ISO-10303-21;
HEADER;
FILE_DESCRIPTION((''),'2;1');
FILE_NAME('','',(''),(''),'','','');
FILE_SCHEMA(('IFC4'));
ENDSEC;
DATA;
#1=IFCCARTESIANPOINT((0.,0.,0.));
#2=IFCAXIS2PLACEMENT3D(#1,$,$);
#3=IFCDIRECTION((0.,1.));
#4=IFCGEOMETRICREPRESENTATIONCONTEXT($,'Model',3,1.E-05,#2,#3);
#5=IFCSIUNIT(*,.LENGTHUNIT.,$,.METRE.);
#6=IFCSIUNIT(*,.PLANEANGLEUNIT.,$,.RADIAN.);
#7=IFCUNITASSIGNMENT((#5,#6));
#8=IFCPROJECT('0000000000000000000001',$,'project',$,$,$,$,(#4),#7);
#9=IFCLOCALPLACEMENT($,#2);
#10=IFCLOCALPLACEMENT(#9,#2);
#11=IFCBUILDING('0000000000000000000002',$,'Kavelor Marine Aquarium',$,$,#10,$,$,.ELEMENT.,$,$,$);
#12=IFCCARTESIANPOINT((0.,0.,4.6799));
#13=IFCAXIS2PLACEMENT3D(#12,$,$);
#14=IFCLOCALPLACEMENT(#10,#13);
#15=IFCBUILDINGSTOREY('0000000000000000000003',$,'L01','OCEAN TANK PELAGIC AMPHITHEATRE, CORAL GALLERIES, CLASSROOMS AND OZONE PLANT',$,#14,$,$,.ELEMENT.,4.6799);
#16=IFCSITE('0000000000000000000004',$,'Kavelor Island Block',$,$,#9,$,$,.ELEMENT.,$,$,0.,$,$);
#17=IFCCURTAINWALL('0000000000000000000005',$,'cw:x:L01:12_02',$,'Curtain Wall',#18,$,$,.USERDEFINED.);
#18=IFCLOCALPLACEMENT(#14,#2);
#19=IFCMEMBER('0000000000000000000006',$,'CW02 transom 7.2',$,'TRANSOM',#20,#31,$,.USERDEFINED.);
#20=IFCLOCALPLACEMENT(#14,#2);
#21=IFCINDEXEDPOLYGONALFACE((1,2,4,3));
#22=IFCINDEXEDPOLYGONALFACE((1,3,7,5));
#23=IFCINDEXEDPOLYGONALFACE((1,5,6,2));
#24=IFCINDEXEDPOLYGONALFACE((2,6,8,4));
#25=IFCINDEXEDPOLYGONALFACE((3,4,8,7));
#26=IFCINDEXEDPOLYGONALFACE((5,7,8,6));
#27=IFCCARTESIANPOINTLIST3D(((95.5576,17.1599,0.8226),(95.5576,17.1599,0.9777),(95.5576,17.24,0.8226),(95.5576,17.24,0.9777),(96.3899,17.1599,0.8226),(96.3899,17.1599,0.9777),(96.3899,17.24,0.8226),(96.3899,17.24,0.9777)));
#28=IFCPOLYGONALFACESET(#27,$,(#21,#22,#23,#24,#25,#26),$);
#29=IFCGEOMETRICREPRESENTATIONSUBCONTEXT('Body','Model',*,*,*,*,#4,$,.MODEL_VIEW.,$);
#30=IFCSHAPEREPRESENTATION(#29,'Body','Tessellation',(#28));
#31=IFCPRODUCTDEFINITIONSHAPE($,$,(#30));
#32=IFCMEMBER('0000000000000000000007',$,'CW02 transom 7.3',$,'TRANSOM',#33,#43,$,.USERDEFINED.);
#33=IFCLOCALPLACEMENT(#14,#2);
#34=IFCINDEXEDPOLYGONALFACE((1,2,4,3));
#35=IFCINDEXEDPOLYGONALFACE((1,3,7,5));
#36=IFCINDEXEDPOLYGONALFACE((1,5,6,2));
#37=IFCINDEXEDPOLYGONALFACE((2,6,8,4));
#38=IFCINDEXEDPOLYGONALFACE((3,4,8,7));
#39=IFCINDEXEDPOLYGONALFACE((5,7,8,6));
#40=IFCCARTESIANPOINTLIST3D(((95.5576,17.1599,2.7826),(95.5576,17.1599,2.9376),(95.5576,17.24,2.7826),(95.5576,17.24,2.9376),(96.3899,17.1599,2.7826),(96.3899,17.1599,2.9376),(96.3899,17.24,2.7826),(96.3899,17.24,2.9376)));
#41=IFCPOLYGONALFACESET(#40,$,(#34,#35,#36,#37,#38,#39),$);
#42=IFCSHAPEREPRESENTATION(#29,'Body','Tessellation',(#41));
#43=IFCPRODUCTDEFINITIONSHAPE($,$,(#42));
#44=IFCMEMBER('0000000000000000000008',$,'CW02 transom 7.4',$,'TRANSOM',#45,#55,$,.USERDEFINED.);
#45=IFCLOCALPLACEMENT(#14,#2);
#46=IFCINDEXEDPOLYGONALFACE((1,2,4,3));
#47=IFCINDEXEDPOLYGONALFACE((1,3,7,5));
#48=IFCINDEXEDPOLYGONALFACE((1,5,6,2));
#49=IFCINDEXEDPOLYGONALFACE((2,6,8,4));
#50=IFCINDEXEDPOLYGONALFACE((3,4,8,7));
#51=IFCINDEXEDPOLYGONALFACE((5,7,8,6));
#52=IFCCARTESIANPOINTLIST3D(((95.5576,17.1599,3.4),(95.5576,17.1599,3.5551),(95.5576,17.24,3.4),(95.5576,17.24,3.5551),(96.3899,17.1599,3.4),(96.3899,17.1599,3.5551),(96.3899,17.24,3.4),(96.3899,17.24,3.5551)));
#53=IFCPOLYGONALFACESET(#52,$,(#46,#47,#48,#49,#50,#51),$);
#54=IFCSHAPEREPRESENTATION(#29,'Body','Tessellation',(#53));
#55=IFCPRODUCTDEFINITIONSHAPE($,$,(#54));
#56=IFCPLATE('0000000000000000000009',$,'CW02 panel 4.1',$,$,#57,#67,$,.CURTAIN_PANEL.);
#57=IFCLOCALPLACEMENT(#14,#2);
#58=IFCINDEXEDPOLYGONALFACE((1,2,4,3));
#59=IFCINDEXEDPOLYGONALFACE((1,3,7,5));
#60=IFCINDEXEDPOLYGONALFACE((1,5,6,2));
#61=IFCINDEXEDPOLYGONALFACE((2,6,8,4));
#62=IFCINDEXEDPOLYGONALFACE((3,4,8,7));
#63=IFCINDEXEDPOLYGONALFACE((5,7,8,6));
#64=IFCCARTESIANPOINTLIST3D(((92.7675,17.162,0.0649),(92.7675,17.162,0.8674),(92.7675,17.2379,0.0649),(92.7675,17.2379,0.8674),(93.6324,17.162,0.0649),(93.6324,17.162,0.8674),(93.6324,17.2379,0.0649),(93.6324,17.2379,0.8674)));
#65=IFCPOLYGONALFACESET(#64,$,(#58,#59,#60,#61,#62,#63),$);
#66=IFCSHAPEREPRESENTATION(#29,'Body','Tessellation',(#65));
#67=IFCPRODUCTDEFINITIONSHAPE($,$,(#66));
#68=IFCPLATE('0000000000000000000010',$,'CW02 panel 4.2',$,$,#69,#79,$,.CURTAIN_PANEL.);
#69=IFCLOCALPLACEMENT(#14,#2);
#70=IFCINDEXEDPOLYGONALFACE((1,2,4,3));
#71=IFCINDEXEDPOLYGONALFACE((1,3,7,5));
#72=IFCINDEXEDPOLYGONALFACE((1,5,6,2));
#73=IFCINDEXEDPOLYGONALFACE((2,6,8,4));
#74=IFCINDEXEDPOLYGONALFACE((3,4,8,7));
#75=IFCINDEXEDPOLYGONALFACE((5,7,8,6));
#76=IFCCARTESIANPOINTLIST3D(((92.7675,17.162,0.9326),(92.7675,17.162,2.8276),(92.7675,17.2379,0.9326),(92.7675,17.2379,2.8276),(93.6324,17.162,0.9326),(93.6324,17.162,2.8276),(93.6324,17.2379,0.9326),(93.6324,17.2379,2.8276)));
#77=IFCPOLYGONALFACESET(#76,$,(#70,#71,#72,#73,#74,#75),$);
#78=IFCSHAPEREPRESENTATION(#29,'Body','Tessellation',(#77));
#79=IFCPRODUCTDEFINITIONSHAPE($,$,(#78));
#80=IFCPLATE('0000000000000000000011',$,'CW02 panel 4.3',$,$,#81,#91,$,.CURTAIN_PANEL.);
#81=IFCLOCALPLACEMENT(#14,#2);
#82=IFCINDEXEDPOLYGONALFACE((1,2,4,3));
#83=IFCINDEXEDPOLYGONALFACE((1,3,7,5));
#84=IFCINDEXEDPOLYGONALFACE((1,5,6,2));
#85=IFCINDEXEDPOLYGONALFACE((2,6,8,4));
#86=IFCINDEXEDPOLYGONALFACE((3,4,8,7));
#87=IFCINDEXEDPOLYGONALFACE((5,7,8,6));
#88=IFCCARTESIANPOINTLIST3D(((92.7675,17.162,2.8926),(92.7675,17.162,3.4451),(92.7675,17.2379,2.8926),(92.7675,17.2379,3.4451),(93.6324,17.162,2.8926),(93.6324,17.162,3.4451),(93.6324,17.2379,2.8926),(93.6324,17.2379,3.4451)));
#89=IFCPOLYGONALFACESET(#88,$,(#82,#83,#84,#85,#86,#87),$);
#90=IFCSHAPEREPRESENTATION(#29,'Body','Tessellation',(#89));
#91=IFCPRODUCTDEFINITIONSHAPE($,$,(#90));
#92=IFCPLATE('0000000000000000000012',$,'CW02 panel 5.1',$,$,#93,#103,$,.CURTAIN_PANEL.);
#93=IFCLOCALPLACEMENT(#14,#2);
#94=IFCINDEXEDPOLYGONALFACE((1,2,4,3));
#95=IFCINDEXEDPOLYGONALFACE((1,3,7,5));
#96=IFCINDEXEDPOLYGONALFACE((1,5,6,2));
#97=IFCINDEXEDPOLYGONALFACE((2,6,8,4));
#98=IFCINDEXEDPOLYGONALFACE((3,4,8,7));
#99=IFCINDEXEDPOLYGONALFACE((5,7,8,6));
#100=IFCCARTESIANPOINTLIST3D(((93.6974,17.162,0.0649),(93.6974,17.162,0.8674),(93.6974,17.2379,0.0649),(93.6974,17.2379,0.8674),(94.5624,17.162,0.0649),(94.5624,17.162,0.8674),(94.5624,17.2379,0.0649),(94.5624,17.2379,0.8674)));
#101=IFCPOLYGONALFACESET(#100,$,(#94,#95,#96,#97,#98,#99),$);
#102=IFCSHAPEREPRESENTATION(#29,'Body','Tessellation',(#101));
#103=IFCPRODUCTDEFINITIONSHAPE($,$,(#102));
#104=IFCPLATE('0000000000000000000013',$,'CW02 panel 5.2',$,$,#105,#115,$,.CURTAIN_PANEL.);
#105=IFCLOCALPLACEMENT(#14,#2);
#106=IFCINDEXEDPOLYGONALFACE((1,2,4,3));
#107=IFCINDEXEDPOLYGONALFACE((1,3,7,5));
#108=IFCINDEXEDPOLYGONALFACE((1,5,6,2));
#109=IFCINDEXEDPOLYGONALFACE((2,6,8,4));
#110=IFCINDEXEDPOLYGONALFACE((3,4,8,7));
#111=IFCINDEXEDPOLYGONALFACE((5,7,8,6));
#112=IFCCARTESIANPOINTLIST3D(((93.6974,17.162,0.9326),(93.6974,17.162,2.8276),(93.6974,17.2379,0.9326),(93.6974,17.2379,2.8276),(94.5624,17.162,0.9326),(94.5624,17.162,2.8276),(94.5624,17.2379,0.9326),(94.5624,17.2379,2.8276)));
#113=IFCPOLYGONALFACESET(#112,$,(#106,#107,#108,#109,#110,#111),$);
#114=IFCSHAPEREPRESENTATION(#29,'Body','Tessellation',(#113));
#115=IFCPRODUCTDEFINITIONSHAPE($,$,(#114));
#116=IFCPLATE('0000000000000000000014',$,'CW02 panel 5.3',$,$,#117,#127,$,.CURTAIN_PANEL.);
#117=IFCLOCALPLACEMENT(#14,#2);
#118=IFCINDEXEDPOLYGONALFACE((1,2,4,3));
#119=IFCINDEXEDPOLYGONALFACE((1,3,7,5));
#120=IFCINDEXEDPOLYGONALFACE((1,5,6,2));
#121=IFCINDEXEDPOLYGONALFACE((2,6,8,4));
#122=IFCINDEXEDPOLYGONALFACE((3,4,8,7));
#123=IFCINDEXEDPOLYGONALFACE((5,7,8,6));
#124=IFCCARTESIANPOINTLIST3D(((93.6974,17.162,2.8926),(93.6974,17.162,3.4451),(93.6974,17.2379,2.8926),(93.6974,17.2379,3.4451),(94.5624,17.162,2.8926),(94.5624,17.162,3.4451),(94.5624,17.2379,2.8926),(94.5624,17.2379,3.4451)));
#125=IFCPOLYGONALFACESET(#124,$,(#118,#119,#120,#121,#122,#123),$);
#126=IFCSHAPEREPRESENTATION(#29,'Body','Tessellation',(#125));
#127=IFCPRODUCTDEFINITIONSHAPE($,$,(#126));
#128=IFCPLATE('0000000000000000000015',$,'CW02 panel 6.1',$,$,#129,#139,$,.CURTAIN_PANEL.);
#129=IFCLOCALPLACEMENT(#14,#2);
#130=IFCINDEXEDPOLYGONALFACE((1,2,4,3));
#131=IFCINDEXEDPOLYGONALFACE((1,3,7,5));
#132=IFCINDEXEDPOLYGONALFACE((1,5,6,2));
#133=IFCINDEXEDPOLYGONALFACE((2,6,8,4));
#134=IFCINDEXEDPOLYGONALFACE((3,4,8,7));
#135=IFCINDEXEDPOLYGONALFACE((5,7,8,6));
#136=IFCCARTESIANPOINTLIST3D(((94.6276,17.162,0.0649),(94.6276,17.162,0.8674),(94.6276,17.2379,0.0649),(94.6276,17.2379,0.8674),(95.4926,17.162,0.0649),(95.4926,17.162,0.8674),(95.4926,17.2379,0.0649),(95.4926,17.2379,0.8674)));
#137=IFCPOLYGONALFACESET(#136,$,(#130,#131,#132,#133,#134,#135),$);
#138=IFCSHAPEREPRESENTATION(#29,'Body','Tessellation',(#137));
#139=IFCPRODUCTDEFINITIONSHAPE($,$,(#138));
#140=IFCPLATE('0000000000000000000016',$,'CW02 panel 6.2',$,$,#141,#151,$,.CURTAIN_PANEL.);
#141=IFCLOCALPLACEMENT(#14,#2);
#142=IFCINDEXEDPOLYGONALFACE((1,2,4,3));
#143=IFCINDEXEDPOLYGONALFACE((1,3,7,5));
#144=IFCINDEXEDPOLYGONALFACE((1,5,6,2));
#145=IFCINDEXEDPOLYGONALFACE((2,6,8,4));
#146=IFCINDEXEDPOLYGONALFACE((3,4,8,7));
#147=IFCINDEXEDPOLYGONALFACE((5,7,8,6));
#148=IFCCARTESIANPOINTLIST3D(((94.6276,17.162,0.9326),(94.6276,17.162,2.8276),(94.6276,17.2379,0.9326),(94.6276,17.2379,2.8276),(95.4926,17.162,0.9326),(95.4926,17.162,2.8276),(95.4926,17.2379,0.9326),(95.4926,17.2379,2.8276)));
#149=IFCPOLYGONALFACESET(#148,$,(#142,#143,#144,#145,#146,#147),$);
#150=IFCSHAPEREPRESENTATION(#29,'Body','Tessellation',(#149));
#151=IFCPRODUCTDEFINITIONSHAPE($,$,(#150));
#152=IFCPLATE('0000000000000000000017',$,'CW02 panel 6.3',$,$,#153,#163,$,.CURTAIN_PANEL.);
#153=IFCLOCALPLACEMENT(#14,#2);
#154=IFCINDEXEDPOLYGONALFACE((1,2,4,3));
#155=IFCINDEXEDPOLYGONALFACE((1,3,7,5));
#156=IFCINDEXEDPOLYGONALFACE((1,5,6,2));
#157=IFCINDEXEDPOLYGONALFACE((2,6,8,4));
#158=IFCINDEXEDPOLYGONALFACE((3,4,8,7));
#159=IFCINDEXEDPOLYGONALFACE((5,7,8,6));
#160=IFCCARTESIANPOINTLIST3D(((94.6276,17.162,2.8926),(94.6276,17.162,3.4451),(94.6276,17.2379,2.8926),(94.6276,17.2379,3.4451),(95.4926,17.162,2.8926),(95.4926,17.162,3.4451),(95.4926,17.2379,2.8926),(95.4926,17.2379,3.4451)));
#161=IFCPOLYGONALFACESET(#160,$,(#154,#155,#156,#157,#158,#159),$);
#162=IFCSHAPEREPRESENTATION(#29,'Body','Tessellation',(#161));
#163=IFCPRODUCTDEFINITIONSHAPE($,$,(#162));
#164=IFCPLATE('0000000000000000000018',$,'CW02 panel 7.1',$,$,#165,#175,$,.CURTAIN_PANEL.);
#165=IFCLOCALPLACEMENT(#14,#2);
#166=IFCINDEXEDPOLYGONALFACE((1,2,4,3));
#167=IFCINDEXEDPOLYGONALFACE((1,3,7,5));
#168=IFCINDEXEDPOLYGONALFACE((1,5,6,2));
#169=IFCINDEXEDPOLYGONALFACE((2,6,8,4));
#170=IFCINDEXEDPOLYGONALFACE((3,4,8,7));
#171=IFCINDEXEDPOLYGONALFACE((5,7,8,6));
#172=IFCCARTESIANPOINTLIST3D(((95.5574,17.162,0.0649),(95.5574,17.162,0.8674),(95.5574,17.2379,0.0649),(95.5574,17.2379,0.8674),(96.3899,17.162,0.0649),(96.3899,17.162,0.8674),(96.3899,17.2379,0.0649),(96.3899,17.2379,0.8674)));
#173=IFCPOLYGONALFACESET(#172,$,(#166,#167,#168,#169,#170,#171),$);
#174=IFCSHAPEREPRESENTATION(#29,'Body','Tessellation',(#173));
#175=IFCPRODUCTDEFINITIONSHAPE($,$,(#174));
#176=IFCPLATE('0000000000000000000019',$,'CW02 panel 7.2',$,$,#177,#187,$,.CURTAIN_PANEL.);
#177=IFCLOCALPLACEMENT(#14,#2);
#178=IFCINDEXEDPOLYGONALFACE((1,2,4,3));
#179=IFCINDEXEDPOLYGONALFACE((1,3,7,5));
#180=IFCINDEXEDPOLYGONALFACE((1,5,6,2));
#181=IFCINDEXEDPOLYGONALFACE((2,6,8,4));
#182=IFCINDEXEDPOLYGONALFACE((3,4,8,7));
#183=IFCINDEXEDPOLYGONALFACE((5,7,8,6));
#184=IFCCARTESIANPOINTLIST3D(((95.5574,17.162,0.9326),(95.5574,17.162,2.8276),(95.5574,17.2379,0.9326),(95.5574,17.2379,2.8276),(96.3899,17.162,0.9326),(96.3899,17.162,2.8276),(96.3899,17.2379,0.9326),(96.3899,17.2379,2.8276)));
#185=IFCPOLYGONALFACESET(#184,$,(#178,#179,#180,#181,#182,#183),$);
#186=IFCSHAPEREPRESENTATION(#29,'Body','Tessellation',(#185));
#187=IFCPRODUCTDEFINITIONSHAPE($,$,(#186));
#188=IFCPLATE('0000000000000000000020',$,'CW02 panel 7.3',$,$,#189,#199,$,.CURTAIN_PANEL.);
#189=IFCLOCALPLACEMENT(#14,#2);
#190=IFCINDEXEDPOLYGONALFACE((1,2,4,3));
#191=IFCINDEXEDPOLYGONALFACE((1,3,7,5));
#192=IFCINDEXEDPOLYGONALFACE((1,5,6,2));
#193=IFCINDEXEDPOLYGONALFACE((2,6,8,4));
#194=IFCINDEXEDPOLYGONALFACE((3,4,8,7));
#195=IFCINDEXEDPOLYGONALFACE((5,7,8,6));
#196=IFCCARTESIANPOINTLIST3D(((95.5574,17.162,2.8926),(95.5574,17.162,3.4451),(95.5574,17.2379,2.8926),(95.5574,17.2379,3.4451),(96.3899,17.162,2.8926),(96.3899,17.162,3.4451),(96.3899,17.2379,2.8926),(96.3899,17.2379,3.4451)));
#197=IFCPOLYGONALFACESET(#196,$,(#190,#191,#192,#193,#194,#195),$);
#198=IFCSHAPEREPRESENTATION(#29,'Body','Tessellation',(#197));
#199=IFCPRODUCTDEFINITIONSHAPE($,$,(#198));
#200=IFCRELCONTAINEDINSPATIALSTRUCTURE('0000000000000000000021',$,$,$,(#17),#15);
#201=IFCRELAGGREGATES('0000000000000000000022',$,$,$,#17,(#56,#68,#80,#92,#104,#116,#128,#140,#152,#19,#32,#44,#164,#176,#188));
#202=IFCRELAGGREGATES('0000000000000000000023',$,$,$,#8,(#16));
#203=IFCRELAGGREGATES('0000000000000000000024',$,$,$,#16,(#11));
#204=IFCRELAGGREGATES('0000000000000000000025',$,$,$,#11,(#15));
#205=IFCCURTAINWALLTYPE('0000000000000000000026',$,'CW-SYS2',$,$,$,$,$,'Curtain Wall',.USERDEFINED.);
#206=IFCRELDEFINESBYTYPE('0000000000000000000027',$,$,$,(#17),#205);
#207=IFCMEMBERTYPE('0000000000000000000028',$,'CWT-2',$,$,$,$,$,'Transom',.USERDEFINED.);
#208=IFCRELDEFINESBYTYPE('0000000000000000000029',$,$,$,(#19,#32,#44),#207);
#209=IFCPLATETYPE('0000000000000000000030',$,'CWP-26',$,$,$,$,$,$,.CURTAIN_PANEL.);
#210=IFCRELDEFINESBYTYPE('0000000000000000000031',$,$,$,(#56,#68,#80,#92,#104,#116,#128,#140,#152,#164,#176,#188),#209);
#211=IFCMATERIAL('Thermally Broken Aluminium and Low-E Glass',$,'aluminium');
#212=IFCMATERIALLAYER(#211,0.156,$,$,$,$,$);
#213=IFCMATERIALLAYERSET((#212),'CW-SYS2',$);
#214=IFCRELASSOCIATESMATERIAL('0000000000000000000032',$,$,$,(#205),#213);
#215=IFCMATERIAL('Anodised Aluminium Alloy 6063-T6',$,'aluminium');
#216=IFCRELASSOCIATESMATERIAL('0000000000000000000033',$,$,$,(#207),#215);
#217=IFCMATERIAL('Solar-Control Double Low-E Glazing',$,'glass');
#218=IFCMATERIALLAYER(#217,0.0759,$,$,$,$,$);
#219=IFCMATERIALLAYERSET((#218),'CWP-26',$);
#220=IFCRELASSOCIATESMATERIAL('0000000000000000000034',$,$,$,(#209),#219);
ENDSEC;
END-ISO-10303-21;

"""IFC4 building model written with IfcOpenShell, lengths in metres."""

from ifc_helpers import new_model, si_unit, direction, frame, origin, origin_2d, place, context, subcontext, project, spatial, rectangle, extrude, material, layer, layer_set, material_profile, profile_set, type_object, element, aggregate, save


model = new_model("IFC4")

# Units and contexts
model_context = context("Model", 3, precision=1e-05, world=origin(), true_north=direction((0.0, 1.0)))
body_context = subcontext(model_context, "Body", "Model", "MODEL_VIEW")
ifc_project = project(units=[si_unit("LENGTHUNIT", "METRE"), si_unit("PLANEANGLEUNIT", "RADIAN")], contexts=[model_context])

# Site, building, storey
site_placement = place(None, origin())
site = spatial("IfcSite", under=ifc_project, at=site_placement, Name="Kavelor Island Block", CompositionType="ELEMENT", RefElevation=0.0)
building_placement = place(site_placement, origin())
building = spatial("IfcBuilding", under=site, at=building_placement, Name="Kavelor Marine Aquarium", CompositionType="ELEMENT")
storey_placement = place(building_placement, frame((0.0, 0.0, 4.6799)))
storey = spatial("IfcBuildingStorey", under=building, at=storey_placement, Name="L01", Description="OCEAN TANK PELAGIC AMPHITHEATRE, CORAL GALLERIES, CLASSROOMS AND OZONE PLANT", CompositionType="ELEMENT", Elevation=4.6799)

# Curtain wall, members, plates
ifc_material_1 = material(Name="Thermally Broken Aluminium and Low-E Glass", Category="aluminium")
ifc_layer_1 = layer(ifc_material_1, 0.156)
ifc_layer_set_1 = layer_set([ifc_layer_1], Name="CW-SYS2")
curtain_wall_type = type_object("IfcCurtainWallType", Name="CW-SYS2", ElementType="Curtain Wall", PredefinedType="USERDEFINED", material=ifc_layer_set_1)
curtain_wall_placement = place(storey_placement, origin())
curtain_wall = element("IfcCurtainWall", 1, at=curtain_wall_placement, inside=storey, type_object=curtain_wall_type, Name="cw:x:L01:12_02", ObjectType="Curtain Wall", PredefinedType="USERDEFINED")
ifc_material_2 = material(Name="Anodised Aluminium Alloy 6063-T6", Category="aluminium")
ifc_material_profile_1 = material_profile(ifc_material_2, rectangle(XDim=0.0801, YDim=0.155, at=origin_2d()), Name="CW-TRN 80x155")
ifc_profile_set_1 = profile_set([ifc_material_profile_1], Name="Anodised Aluminium Alloy 6063-T6")
member_type_1 = type_object("IfcMemberType", Name="CWT-2", ElementType="Transom", PredefinedType="USERDEFINED", material=ifc_profile_set_1)
member_1_placement = place(storey_placement, frame((95.5576, 17.2, 0.9001), z_axis=(1.0, 0.0, 0.0), x_axis=(0.0, 1.0, 0.0)))
member_1 = element("IfcMember", 2, at=member_1_placement, type_object=member_type_1, Name="CW02 transom 7.2", ObjectType="TRANSOM", PredefinedType="USERDEFINED", context=body_context, shape_type="SweptSolid", body=[
    extrude(rectangle(XDim=0.0801, YDim=0.155, at=origin_2d()), origin(), (0.0, 0.0, 1.0), 0.8323),
])
member_2_placement = place(storey_placement, frame((95.5576, 17.2, 2.8601), z_axis=(1.0, 0.0, 0.0), x_axis=(0.0, 1.0, 0.0)))
member_2 = element("IfcMember", 3, at=member_2_placement, type_object=member_type_1, Name="CW02 transom 7.3", ObjectType="TRANSOM", PredefinedType="USERDEFINED", context=body_context, shape_type="SweptSolid", body=[
    extrude(rectangle(XDim=0.0801, YDim=0.155, at=origin_2d()), origin(), (0.0, 0.0, 1.0), 0.8323),
])
member_3_placement = place(storey_placement, frame((95.5576, 17.2, 3.4775), z_axis=(1.0, 0.0, 0.0), x_axis=(0.0, 1.0, 0.0)))
member_3 = element("IfcMember", 4, at=member_3_placement, type_object=member_type_1, Name="CW02 transom 7.4", ObjectType="TRANSOM", PredefinedType="USERDEFINED", context=body_context, shape_type="SweptSolid", body=[
    extrude(rectangle(XDim=0.0801, YDim=0.155, at=origin_2d()), origin(), (0.0, 0.0, 1.0), 0.8323),
])
ifc_material_3 = material(Name="Solar-Control Double Low-E Glazing", Category="glass")
ifc_layer_2 = layer(ifc_material_3, 0.0759)
ifc_layer_set_2 = layer_set([ifc_layer_2], Name="CWP-26")
plate_type = type_object("IfcPlateType", Name="CWP-26", PredefinedType="CURTAIN_PANEL", material=ifc_layer_set_2)
plate_1_placement = place(storey_placement, frame((93.2, 17.2, 0.0649), z_axis=(0.0, 0.0, 1.0), x_axis=(1.0, 0.0, 0.0)))
plate_1 = element("IfcPlate", 5, at=plate_1_placement, type_object=plate_type, Name="CW02 panel 4.1", PredefinedType="CURTAIN_PANEL", context=body_context, shape_type="SweptSolid", body=[
    extrude(rectangle(XDim=0.865, YDim=0.0759, at=origin_2d()), origin(), (0.0, 0.0, 1.0), 0.8025),
])
plate_2_placement = place(storey_placement, frame((93.2, 17.2, 0.9326), z_axis=(0.0, 0.0, 1.0), x_axis=(1.0, 0.0, 0.0)))
plate_2 = element("IfcPlate", 6, at=plate_2_placement, type_object=plate_type, Name="CW02 panel 4.2", PredefinedType="CURTAIN_PANEL", context=body_context, shape_type="SweptSolid", body=[
    extrude(rectangle(XDim=0.865, YDim=0.0759, at=origin_2d()), origin(), (0.0, 0.0, 1.0), 1.895),
])
plate_3_placement = place(storey_placement, frame((93.2, 17.2, 2.8926), z_axis=(0.0, 0.0, 1.0), x_axis=(1.0, 0.0, 0.0)))
plate_3 = element("IfcPlate", 7, at=plate_3_placement, type_object=plate_type, Name="CW02 panel 4.3", PredefinedType="CURTAIN_PANEL", context=body_context, shape_type="SweptSolid", body=[
    extrude(rectangle(XDim=0.865, YDim=0.0759, at=origin_2d()), origin(), (0.0, 0.0, 1.0), 0.5525),
])
plate_4_placement = place(storey_placement, frame((94.1299, 17.2, 0.0649), z_axis=(0.0, 0.0, 1.0), x_axis=(1.0, 0.0, 0.0)))
plate_4 = element("IfcPlate", 8, at=plate_4_placement, type_object=plate_type, Name="CW02 panel 5.1", PredefinedType="CURTAIN_PANEL", context=body_context, shape_type="SweptSolid", body=[
    extrude(rectangle(XDim=0.865, YDim=0.0759, at=origin_2d()), origin(), (0.0, 0.0, 1.0), 0.8025),
])
plate_5_placement = place(storey_placement, frame((94.1299, 17.2, 0.9326), z_axis=(0.0, 0.0, 1.0), x_axis=(1.0, 0.0, 0.0)))
plate_5 = element("IfcPlate", 9, at=plate_5_placement, type_object=plate_type, Name="CW02 panel 5.2", PredefinedType="CURTAIN_PANEL", context=body_context, shape_type="SweptSolid", body=[
    extrude(rectangle(XDim=0.865, YDim=0.0759, at=origin_2d()), origin(), (0.0, 0.0, 1.0), 1.895),
])
plate_6_placement = place(storey_placement, frame((94.1299, 17.2, 2.8926), z_axis=(0.0, 0.0, 1.0), x_axis=(1.0, 0.0, 0.0)))
plate_6 = element("IfcPlate", 10, at=plate_6_placement, type_object=plate_type, Name="CW02 panel 5.3", PredefinedType="CURTAIN_PANEL", context=body_context, shape_type="SweptSolid", body=[
    extrude(rectangle(XDim=0.865, YDim=0.0759, at=origin_2d()), origin(), (0.0, 0.0, 1.0), 0.5525),
])
plate_7_placement = place(storey_placement, frame((95.0601, 17.2, 0.0649), z_axis=(0.0, 0.0, 1.0), x_axis=(1.0, 0.0, 0.0)))
plate_7 = element("IfcPlate", 11, at=plate_7_placement, type_object=plate_type, Name="CW02 panel 6.1", PredefinedType="CURTAIN_PANEL", context=body_context, shape_type="SweptSolid", body=[
    extrude(rectangle(XDim=0.865, YDim=0.0759, at=origin_2d()), origin(), (0.0, 0.0, 1.0), 0.8025),
])
plate_8_placement = place(storey_placement, frame((95.0601, 17.2, 0.9326), z_axis=(0.0, 0.0, 1.0), x_axis=(1.0, 0.0, 0.0)))
plate_8 = element("IfcPlate", 12, at=plate_8_placement, type_object=plate_type, Name="CW02 panel 6.2", PredefinedType="CURTAIN_PANEL", context=body_context, shape_type="SweptSolid", body=[
    extrude(rectangle(XDim=0.865, YDim=0.0759, at=origin_2d()), origin(), (0.0, 0.0, 1.0), 1.895),
])
plate_9_placement = place(storey_placement, frame((95.0601, 17.2, 2.8926), z_axis=(0.0, 0.0, 1.0), x_axis=(1.0, 0.0, 0.0)))
plate_9 = element("IfcPlate", 13, at=plate_9_placement, type_object=plate_type, Name="CW02 panel 6.3", PredefinedType="CURTAIN_PANEL", context=body_context, shape_type="SweptSolid", body=[
    extrude(rectangle(XDim=0.865, YDim=0.0759, at=origin_2d()), origin(), (0.0, 0.0, 1.0), 0.5525),
])
plate_10_placement = place(storey_placement, frame((95.9736, 17.2, 0.0649), z_axis=(0.0, 0.0, 1.0), x_axis=(1.0, 0.0, 0.0)))
plate_10 = element("IfcPlate", 14, at=plate_10_placement, type_object=plate_type, Name="CW02 panel 7.1", PredefinedType="CURTAIN_PANEL", context=body_context, shape_type="SweptSolid", body=[
    extrude(rectangle(XDim=0.8325, YDim=0.0759, at=origin_2d()), origin(), (0.0, 0.0, 1.0), 0.8025),
])
plate_11_placement = place(storey_placement, frame((95.9736, 17.2, 0.9326), z_axis=(0.0, 0.0, 1.0), x_axis=(1.0, 0.0, 0.0)))
plate_11 = element("IfcPlate", 15, at=plate_11_placement, type_object=plate_type, Name="CW02 panel 7.2", PredefinedType="CURTAIN_PANEL", context=body_context, shape_type="SweptSolid", body=[
    extrude(rectangle(XDim=0.8325, YDim=0.0759, at=origin_2d()), origin(), (0.0, 0.0, 1.0), 1.895),
])
plate_12_placement = place(storey_placement, frame((95.9736, 17.2, 2.8926), z_axis=(0.0, 0.0, 1.0), x_axis=(1.0, 0.0, 0.0)))
plate_12 = element("IfcPlate", 16, at=plate_12_placement, type_object=plate_type, Name="CW02 panel 7.3", PredefinedType="CURTAIN_PANEL", context=body_context, shape_type="SweptSolid", body=[
    extrude(rectangle(XDim=0.8325, YDim=0.0759, at=origin_2d()), origin(), (0.0, 0.0, 1.0), 0.5525),
])
aggregate(curtain_wall, [plate_1, plate_2, plate_3, plate_4, plate_5, plate_6, plate_7, plate_8, plate_9, member_1, member_2, member_3, plate_10, plate_11, plate_12])

save(model, "model.ifc")
